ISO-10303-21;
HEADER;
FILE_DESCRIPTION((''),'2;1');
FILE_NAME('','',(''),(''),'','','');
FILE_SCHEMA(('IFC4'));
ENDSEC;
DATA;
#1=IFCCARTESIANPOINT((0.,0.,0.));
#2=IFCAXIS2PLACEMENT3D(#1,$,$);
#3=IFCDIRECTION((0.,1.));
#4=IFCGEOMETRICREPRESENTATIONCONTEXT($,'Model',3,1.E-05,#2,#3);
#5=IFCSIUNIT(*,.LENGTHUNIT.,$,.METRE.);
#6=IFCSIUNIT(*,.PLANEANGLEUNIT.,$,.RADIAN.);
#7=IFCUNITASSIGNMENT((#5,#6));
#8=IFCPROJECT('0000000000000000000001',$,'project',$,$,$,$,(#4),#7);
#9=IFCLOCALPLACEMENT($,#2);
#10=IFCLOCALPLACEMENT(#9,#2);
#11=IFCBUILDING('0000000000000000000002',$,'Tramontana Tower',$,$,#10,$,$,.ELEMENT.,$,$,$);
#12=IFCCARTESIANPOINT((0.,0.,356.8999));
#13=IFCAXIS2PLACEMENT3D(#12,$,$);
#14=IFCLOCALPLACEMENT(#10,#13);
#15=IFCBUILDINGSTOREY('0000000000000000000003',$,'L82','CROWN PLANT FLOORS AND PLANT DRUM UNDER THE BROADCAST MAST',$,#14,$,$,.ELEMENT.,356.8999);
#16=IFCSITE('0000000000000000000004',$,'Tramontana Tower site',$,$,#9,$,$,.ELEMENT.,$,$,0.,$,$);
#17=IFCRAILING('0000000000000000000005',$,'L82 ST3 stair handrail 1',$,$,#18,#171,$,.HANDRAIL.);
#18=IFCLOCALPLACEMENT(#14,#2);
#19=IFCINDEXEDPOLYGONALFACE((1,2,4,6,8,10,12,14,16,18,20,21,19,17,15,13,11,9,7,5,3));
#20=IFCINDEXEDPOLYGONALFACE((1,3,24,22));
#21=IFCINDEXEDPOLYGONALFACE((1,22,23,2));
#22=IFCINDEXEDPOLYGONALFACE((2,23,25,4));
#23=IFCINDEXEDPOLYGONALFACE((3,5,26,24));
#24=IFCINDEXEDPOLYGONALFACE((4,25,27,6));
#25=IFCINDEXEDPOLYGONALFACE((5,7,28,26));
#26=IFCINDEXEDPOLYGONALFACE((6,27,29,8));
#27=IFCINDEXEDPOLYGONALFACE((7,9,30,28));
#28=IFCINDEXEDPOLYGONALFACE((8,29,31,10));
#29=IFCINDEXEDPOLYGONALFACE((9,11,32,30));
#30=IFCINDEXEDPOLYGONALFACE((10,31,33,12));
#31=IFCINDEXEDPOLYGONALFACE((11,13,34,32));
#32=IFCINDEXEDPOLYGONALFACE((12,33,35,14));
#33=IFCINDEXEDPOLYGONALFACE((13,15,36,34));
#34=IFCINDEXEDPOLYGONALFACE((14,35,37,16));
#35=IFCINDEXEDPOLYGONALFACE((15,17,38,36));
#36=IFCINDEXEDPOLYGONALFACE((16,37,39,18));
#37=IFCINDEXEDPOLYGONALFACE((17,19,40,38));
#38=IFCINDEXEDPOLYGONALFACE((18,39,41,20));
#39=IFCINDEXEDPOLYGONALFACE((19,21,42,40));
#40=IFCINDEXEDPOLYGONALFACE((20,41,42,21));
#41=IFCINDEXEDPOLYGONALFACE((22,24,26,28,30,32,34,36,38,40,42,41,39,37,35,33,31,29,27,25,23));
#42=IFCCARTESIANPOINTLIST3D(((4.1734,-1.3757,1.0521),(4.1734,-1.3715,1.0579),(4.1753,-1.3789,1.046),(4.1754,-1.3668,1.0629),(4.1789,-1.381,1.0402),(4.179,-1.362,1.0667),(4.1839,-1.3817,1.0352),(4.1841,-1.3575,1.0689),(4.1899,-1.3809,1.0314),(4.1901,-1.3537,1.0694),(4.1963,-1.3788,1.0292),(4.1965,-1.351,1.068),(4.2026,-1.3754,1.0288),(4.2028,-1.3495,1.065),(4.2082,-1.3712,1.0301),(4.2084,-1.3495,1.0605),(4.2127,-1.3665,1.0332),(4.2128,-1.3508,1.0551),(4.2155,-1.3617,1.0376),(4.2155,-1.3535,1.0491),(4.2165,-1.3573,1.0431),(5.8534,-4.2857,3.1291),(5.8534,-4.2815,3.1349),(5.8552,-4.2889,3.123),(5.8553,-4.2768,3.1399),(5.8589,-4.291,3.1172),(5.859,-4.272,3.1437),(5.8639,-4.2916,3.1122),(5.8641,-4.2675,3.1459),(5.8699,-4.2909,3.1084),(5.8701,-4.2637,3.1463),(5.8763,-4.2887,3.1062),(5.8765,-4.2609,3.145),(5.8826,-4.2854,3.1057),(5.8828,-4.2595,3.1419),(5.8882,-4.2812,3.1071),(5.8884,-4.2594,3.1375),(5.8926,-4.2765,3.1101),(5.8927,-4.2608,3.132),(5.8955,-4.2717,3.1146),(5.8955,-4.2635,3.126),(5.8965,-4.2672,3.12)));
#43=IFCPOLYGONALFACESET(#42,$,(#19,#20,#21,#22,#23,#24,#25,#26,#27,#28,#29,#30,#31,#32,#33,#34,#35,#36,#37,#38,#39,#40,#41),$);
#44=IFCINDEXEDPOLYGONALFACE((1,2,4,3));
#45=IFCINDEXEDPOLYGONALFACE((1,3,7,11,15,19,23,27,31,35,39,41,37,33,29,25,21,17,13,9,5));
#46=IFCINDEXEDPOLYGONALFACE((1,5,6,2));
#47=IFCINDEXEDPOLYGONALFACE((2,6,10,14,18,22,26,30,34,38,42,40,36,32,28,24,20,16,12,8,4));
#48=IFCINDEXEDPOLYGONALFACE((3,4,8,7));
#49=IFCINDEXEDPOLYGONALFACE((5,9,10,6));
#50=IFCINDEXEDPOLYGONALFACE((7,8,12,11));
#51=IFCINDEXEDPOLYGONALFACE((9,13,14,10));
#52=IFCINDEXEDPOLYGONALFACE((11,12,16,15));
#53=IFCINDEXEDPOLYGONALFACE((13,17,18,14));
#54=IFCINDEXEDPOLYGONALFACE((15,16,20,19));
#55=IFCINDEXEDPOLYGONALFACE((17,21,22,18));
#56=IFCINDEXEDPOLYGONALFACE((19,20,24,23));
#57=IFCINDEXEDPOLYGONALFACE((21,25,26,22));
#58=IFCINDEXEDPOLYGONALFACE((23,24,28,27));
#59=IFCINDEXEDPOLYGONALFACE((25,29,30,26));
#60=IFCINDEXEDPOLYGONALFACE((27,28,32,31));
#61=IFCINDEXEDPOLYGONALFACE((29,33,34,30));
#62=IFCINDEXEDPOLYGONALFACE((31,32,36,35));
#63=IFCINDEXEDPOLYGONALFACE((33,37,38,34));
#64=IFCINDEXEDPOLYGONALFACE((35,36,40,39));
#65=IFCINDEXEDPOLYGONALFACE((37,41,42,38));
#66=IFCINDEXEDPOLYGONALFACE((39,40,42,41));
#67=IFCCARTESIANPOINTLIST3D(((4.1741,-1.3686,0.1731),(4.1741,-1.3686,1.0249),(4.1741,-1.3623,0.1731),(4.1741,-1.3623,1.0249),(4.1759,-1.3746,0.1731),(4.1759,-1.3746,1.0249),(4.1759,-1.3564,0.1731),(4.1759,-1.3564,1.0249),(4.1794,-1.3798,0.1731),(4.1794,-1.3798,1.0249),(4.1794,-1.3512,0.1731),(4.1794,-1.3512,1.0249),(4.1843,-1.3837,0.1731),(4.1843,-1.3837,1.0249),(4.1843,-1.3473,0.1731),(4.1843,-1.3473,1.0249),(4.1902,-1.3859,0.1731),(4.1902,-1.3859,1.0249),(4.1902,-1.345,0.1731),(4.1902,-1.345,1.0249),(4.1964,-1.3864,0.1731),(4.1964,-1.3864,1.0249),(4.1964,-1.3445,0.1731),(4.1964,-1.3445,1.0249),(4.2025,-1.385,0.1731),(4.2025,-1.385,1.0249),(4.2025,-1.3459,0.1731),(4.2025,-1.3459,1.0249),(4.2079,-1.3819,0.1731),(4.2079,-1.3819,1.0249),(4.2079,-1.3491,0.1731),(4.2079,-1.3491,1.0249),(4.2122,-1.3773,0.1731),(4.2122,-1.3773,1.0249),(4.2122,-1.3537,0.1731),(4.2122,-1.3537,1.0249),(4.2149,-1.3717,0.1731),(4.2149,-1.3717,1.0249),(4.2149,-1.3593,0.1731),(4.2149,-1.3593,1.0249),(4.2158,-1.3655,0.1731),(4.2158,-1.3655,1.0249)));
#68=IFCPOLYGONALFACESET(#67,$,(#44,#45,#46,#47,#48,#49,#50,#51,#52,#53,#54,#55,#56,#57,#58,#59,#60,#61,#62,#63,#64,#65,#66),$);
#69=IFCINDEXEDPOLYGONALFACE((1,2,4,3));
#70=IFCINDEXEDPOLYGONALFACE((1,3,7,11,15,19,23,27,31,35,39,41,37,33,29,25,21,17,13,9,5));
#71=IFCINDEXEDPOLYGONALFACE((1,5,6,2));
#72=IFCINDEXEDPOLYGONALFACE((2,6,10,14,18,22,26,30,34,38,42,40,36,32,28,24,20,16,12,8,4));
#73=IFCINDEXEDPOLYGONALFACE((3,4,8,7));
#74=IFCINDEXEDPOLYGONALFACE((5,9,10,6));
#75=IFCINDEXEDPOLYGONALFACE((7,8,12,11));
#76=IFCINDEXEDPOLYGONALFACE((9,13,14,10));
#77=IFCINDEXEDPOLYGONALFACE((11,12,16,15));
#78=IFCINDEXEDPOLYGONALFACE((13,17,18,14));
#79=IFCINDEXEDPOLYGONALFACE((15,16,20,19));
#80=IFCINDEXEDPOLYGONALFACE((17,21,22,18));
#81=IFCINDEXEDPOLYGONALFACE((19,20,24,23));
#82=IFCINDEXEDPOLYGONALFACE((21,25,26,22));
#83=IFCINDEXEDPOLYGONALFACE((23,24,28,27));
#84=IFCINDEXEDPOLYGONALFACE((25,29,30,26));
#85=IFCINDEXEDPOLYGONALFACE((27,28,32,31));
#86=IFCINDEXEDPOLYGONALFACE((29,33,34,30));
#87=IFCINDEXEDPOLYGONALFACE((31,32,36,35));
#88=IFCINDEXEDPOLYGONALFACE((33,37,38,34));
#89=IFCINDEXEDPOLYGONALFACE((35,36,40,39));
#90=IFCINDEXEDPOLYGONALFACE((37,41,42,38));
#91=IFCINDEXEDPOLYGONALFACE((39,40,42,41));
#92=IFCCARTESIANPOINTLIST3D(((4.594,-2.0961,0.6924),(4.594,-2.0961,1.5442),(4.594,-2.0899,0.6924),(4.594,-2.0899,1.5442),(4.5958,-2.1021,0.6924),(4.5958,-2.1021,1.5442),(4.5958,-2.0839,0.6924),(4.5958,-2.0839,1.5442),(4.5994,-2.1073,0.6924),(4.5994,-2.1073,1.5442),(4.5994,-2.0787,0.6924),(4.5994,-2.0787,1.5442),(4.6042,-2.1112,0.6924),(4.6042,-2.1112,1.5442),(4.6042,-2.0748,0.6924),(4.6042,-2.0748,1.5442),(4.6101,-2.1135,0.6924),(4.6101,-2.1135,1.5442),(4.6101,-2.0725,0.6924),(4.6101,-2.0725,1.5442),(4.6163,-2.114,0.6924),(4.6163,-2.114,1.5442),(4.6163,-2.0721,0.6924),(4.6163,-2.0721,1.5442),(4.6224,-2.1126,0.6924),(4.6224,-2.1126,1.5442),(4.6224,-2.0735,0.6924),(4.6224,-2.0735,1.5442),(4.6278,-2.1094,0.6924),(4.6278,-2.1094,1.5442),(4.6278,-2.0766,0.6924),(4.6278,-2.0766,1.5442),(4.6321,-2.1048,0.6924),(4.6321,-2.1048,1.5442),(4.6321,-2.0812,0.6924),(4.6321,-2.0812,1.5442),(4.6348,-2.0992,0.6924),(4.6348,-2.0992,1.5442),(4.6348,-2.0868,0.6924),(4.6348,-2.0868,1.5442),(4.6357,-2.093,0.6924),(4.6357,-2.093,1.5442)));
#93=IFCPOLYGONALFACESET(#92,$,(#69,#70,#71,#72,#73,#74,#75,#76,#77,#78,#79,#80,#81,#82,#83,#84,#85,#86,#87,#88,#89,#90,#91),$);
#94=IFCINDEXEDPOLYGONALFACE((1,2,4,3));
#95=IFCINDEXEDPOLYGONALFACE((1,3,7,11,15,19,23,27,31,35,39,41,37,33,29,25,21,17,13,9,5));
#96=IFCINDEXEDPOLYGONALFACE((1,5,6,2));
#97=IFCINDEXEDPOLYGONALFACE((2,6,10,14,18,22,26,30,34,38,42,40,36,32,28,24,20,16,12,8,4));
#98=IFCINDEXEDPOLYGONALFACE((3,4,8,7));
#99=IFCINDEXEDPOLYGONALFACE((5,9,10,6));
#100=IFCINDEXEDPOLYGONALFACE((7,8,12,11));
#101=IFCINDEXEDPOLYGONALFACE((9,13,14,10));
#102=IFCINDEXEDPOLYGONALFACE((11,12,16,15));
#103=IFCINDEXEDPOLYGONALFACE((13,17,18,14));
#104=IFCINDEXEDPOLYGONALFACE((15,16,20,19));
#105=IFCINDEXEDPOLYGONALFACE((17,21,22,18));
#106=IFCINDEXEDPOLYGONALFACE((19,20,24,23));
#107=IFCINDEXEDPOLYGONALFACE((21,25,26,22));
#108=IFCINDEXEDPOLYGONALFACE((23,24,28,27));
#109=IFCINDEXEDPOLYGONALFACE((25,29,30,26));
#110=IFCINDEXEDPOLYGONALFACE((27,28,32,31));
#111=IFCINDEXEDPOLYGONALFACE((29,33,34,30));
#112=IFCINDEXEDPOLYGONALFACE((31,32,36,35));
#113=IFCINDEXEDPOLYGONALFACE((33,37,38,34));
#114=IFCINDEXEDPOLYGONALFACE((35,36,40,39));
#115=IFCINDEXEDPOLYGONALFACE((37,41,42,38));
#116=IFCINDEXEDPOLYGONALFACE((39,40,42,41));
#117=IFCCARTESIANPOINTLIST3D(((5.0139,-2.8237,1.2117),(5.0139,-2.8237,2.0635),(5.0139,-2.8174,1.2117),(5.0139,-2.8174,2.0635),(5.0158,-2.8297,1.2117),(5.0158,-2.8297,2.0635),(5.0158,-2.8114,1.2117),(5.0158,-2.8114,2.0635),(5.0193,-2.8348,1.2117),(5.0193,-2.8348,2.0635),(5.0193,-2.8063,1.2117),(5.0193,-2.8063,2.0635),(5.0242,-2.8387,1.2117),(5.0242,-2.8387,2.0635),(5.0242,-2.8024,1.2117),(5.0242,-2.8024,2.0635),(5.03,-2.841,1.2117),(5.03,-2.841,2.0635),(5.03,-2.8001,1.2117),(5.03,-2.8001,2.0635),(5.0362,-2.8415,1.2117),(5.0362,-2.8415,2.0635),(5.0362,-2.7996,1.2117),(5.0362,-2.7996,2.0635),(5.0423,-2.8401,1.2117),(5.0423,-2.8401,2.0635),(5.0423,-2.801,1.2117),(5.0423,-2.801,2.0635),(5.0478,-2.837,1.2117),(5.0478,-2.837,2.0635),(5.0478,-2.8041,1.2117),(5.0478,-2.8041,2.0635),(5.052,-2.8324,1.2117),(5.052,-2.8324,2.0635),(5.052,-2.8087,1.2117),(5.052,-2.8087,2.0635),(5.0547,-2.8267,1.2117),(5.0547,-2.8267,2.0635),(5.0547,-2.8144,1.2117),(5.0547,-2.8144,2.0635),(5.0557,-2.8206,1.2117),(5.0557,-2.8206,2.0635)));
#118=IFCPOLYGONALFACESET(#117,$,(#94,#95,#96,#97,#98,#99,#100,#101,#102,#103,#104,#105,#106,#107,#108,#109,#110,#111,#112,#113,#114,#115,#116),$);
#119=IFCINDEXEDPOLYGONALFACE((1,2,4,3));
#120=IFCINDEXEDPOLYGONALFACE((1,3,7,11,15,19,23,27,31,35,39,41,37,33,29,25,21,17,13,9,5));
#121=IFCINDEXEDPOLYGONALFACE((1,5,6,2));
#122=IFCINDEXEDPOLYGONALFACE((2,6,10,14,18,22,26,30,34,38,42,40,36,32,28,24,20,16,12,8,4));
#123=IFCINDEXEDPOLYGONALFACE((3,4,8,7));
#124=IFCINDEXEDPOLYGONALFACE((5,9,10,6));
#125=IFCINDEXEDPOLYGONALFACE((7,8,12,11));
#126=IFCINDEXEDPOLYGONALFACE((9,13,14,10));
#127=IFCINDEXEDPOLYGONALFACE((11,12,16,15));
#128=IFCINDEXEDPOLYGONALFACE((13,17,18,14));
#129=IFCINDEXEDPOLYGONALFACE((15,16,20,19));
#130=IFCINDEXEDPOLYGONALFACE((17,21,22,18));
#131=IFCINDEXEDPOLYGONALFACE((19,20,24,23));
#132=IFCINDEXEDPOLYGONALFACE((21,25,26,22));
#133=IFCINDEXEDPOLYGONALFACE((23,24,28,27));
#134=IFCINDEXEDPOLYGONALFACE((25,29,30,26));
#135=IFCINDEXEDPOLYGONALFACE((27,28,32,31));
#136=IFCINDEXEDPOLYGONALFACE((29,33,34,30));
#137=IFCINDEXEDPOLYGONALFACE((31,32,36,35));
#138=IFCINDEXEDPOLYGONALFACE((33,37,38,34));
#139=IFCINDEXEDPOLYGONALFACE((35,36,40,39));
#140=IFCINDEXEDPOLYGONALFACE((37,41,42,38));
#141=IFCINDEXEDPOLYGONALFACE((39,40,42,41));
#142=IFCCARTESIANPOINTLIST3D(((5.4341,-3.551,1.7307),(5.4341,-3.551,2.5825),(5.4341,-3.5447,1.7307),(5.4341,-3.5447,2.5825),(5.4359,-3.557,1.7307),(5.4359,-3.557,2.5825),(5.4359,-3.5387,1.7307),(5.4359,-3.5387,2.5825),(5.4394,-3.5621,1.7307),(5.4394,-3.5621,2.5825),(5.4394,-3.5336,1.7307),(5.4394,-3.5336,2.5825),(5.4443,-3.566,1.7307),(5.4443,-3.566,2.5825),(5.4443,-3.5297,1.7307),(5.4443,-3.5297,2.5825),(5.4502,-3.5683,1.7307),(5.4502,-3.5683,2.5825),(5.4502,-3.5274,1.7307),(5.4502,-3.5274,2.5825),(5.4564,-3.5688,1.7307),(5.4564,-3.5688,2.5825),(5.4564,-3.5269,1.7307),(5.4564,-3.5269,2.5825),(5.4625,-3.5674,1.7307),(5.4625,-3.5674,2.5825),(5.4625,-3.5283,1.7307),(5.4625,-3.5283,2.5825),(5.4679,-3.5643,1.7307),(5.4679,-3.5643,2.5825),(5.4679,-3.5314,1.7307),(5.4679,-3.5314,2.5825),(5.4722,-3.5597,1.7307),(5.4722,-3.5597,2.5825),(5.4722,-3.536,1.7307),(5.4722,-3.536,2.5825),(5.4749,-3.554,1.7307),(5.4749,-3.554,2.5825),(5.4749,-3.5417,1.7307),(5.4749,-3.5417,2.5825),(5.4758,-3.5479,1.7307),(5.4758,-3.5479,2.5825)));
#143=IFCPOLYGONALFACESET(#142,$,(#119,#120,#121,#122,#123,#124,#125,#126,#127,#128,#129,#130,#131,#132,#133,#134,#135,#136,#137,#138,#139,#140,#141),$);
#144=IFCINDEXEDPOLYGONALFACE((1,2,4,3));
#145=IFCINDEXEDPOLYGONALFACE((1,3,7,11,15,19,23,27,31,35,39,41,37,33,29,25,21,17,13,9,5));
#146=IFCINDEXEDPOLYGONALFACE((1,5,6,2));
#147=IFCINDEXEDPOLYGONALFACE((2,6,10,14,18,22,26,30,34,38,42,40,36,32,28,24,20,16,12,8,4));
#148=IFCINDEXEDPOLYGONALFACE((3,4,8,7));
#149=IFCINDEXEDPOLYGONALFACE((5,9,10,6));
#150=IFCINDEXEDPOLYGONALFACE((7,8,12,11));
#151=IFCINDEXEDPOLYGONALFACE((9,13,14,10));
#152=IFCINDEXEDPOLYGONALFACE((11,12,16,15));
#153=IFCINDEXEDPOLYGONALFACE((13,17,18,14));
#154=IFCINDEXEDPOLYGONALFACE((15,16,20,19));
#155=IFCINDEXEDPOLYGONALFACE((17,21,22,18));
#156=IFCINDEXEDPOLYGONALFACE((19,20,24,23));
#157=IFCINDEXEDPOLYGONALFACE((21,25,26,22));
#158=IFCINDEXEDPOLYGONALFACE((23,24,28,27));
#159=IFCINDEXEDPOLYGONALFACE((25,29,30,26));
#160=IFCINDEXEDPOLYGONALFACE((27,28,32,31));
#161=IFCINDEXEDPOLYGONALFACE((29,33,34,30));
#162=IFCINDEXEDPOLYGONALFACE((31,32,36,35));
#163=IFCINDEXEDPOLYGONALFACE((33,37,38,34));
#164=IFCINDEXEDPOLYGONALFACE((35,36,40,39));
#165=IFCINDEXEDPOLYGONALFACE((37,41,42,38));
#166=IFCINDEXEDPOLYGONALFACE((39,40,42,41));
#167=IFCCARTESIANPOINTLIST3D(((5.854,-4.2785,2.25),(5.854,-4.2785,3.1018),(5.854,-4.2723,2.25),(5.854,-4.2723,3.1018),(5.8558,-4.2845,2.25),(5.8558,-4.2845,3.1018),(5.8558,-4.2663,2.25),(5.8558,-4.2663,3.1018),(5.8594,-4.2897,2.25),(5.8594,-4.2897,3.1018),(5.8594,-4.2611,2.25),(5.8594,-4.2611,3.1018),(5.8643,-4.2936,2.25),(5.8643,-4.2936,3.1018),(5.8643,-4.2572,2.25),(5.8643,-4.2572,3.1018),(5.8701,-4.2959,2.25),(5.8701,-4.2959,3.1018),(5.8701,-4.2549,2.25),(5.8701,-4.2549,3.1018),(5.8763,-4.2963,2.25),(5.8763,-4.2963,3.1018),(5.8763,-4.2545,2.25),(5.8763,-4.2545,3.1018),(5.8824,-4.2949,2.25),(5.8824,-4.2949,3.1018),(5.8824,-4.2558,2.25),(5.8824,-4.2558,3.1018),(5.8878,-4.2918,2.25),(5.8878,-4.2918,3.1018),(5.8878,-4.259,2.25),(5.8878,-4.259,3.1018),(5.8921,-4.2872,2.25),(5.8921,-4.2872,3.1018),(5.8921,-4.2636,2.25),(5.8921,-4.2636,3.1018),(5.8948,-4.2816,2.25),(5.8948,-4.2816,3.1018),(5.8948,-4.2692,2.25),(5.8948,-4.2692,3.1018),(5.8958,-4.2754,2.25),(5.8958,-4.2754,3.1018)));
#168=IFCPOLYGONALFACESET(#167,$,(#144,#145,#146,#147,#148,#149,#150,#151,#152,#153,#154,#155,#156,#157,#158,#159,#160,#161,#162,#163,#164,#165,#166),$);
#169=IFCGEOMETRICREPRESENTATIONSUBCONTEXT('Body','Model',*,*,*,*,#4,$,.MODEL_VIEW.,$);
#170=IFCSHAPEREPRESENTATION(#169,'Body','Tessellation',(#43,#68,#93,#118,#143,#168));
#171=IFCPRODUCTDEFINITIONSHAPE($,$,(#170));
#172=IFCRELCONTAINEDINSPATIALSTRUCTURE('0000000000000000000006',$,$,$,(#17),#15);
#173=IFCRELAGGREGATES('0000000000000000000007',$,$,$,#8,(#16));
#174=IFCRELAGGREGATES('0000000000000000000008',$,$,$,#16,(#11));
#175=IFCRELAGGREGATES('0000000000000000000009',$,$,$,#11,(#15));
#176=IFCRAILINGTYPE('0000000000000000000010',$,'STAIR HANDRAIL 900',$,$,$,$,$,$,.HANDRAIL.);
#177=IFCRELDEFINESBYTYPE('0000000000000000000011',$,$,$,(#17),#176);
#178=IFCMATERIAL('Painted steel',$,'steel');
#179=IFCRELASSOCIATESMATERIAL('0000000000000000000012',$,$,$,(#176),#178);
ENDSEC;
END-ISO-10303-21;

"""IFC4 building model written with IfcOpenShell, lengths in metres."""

from ifc_helpers import new_model, si_unit, direction, frame, origin, origin_2d, place, context, subcontext, project, spatial, circle, extrude, material, type_object, element, save


model = new_model("IFC4")

# Units and contexts
model_context = context("Model", 3, precision=1e-05, world=origin(), true_north=direction((0.0, 1.0)))
body_context = subcontext(model_context, "Body", "Model", "MODEL_VIEW")
ifc_project = project(units=[si_unit("LENGTHUNIT", "METRE"), si_unit("PLANEANGLEUNIT", "RADIAN")], contexts=[model_context])

# Site, building, storey
site_placement = place(None, origin())
site = spatial("IfcSite", under=ifc_project, at=site_placement, Name="Tramontana Tower site", CompositionType="ELEMENT", RefElevation=0.0)
building_placement = place(site_placement, origin())
building = spatial("IfcBuilding", under=site, at=building_placement, Name="Tramontana Tower", CompositionType="ELEMENT")
storey_placement = place(building_placement, frame((0.0, 0.0, 356.8999)))
storey = spatial("IfcBuildingStorey", under=building, at=storey_placement, Name="L82", Description="CROWN PLANT FLOORS AND PLANT DRUM UNDER THE BROADCAST MAST", CompositionType="ELEMENT", Elevation=356.8999)

# Railing
ifc_material_1 = material(Name="Painted steel", Category="steel")
railing_type_1 = type_object("IfcRailingType", Name="STAIR HANDRAIL 900", PredefinedType="HANDRAIL", material=ifc_material_1)
railing_1_placement = place(storey_placement, frame((4.1948, -1.3655, 0.1731)))
element("IfcRailing", 1, at=railing_1_placement, inside=storey, type_object=railing_type_1, Name="L82 ST3 stair handrail 1", PredefinedType="HANDRAIL", context=body_context, shape_type="SweptSolid", body=[
    extrude(circle(Radius=0.0239, at=origin_2d()), frame((0.0, 0.0, 0.876), z_axis=(0.425288, -0.736668, 0.525785), x_axis=(0.866039, 0.499976, 0.0)), (0.0, 0.0, 1.0), 3.9502),
    extrude(circle(Radius=0.021, at=origin_2d()), origin(), (0.0, 0.0, 1.0), 0.8518),
    extrude(circle(Radius=0.021, at=origin_2d()), frame((0.4199, -0.7275, 0.5193)), (0.0, 0.0, 1.0), 0.8518),
    extrude(circle(Radius=0.021, at=origin_2d()), frame((0.8398, -1.4551, 1.0386)), (0.0, 0.0, 1.0), 0.8518),
    extrude(circle(Radius=0.021, at=origin_2d()), frame((1.26, -2.1824, 1.5576)), (0.0, 0.0, 1.0), 0.8518),
    extrude(circle(Radius=0.021, at=origin_2d()), frame((1.6799, -2.9099, 2.0769)), (0.0, 0.0, 1.0), 0.8518),
])

save(model, "model.ifc")
